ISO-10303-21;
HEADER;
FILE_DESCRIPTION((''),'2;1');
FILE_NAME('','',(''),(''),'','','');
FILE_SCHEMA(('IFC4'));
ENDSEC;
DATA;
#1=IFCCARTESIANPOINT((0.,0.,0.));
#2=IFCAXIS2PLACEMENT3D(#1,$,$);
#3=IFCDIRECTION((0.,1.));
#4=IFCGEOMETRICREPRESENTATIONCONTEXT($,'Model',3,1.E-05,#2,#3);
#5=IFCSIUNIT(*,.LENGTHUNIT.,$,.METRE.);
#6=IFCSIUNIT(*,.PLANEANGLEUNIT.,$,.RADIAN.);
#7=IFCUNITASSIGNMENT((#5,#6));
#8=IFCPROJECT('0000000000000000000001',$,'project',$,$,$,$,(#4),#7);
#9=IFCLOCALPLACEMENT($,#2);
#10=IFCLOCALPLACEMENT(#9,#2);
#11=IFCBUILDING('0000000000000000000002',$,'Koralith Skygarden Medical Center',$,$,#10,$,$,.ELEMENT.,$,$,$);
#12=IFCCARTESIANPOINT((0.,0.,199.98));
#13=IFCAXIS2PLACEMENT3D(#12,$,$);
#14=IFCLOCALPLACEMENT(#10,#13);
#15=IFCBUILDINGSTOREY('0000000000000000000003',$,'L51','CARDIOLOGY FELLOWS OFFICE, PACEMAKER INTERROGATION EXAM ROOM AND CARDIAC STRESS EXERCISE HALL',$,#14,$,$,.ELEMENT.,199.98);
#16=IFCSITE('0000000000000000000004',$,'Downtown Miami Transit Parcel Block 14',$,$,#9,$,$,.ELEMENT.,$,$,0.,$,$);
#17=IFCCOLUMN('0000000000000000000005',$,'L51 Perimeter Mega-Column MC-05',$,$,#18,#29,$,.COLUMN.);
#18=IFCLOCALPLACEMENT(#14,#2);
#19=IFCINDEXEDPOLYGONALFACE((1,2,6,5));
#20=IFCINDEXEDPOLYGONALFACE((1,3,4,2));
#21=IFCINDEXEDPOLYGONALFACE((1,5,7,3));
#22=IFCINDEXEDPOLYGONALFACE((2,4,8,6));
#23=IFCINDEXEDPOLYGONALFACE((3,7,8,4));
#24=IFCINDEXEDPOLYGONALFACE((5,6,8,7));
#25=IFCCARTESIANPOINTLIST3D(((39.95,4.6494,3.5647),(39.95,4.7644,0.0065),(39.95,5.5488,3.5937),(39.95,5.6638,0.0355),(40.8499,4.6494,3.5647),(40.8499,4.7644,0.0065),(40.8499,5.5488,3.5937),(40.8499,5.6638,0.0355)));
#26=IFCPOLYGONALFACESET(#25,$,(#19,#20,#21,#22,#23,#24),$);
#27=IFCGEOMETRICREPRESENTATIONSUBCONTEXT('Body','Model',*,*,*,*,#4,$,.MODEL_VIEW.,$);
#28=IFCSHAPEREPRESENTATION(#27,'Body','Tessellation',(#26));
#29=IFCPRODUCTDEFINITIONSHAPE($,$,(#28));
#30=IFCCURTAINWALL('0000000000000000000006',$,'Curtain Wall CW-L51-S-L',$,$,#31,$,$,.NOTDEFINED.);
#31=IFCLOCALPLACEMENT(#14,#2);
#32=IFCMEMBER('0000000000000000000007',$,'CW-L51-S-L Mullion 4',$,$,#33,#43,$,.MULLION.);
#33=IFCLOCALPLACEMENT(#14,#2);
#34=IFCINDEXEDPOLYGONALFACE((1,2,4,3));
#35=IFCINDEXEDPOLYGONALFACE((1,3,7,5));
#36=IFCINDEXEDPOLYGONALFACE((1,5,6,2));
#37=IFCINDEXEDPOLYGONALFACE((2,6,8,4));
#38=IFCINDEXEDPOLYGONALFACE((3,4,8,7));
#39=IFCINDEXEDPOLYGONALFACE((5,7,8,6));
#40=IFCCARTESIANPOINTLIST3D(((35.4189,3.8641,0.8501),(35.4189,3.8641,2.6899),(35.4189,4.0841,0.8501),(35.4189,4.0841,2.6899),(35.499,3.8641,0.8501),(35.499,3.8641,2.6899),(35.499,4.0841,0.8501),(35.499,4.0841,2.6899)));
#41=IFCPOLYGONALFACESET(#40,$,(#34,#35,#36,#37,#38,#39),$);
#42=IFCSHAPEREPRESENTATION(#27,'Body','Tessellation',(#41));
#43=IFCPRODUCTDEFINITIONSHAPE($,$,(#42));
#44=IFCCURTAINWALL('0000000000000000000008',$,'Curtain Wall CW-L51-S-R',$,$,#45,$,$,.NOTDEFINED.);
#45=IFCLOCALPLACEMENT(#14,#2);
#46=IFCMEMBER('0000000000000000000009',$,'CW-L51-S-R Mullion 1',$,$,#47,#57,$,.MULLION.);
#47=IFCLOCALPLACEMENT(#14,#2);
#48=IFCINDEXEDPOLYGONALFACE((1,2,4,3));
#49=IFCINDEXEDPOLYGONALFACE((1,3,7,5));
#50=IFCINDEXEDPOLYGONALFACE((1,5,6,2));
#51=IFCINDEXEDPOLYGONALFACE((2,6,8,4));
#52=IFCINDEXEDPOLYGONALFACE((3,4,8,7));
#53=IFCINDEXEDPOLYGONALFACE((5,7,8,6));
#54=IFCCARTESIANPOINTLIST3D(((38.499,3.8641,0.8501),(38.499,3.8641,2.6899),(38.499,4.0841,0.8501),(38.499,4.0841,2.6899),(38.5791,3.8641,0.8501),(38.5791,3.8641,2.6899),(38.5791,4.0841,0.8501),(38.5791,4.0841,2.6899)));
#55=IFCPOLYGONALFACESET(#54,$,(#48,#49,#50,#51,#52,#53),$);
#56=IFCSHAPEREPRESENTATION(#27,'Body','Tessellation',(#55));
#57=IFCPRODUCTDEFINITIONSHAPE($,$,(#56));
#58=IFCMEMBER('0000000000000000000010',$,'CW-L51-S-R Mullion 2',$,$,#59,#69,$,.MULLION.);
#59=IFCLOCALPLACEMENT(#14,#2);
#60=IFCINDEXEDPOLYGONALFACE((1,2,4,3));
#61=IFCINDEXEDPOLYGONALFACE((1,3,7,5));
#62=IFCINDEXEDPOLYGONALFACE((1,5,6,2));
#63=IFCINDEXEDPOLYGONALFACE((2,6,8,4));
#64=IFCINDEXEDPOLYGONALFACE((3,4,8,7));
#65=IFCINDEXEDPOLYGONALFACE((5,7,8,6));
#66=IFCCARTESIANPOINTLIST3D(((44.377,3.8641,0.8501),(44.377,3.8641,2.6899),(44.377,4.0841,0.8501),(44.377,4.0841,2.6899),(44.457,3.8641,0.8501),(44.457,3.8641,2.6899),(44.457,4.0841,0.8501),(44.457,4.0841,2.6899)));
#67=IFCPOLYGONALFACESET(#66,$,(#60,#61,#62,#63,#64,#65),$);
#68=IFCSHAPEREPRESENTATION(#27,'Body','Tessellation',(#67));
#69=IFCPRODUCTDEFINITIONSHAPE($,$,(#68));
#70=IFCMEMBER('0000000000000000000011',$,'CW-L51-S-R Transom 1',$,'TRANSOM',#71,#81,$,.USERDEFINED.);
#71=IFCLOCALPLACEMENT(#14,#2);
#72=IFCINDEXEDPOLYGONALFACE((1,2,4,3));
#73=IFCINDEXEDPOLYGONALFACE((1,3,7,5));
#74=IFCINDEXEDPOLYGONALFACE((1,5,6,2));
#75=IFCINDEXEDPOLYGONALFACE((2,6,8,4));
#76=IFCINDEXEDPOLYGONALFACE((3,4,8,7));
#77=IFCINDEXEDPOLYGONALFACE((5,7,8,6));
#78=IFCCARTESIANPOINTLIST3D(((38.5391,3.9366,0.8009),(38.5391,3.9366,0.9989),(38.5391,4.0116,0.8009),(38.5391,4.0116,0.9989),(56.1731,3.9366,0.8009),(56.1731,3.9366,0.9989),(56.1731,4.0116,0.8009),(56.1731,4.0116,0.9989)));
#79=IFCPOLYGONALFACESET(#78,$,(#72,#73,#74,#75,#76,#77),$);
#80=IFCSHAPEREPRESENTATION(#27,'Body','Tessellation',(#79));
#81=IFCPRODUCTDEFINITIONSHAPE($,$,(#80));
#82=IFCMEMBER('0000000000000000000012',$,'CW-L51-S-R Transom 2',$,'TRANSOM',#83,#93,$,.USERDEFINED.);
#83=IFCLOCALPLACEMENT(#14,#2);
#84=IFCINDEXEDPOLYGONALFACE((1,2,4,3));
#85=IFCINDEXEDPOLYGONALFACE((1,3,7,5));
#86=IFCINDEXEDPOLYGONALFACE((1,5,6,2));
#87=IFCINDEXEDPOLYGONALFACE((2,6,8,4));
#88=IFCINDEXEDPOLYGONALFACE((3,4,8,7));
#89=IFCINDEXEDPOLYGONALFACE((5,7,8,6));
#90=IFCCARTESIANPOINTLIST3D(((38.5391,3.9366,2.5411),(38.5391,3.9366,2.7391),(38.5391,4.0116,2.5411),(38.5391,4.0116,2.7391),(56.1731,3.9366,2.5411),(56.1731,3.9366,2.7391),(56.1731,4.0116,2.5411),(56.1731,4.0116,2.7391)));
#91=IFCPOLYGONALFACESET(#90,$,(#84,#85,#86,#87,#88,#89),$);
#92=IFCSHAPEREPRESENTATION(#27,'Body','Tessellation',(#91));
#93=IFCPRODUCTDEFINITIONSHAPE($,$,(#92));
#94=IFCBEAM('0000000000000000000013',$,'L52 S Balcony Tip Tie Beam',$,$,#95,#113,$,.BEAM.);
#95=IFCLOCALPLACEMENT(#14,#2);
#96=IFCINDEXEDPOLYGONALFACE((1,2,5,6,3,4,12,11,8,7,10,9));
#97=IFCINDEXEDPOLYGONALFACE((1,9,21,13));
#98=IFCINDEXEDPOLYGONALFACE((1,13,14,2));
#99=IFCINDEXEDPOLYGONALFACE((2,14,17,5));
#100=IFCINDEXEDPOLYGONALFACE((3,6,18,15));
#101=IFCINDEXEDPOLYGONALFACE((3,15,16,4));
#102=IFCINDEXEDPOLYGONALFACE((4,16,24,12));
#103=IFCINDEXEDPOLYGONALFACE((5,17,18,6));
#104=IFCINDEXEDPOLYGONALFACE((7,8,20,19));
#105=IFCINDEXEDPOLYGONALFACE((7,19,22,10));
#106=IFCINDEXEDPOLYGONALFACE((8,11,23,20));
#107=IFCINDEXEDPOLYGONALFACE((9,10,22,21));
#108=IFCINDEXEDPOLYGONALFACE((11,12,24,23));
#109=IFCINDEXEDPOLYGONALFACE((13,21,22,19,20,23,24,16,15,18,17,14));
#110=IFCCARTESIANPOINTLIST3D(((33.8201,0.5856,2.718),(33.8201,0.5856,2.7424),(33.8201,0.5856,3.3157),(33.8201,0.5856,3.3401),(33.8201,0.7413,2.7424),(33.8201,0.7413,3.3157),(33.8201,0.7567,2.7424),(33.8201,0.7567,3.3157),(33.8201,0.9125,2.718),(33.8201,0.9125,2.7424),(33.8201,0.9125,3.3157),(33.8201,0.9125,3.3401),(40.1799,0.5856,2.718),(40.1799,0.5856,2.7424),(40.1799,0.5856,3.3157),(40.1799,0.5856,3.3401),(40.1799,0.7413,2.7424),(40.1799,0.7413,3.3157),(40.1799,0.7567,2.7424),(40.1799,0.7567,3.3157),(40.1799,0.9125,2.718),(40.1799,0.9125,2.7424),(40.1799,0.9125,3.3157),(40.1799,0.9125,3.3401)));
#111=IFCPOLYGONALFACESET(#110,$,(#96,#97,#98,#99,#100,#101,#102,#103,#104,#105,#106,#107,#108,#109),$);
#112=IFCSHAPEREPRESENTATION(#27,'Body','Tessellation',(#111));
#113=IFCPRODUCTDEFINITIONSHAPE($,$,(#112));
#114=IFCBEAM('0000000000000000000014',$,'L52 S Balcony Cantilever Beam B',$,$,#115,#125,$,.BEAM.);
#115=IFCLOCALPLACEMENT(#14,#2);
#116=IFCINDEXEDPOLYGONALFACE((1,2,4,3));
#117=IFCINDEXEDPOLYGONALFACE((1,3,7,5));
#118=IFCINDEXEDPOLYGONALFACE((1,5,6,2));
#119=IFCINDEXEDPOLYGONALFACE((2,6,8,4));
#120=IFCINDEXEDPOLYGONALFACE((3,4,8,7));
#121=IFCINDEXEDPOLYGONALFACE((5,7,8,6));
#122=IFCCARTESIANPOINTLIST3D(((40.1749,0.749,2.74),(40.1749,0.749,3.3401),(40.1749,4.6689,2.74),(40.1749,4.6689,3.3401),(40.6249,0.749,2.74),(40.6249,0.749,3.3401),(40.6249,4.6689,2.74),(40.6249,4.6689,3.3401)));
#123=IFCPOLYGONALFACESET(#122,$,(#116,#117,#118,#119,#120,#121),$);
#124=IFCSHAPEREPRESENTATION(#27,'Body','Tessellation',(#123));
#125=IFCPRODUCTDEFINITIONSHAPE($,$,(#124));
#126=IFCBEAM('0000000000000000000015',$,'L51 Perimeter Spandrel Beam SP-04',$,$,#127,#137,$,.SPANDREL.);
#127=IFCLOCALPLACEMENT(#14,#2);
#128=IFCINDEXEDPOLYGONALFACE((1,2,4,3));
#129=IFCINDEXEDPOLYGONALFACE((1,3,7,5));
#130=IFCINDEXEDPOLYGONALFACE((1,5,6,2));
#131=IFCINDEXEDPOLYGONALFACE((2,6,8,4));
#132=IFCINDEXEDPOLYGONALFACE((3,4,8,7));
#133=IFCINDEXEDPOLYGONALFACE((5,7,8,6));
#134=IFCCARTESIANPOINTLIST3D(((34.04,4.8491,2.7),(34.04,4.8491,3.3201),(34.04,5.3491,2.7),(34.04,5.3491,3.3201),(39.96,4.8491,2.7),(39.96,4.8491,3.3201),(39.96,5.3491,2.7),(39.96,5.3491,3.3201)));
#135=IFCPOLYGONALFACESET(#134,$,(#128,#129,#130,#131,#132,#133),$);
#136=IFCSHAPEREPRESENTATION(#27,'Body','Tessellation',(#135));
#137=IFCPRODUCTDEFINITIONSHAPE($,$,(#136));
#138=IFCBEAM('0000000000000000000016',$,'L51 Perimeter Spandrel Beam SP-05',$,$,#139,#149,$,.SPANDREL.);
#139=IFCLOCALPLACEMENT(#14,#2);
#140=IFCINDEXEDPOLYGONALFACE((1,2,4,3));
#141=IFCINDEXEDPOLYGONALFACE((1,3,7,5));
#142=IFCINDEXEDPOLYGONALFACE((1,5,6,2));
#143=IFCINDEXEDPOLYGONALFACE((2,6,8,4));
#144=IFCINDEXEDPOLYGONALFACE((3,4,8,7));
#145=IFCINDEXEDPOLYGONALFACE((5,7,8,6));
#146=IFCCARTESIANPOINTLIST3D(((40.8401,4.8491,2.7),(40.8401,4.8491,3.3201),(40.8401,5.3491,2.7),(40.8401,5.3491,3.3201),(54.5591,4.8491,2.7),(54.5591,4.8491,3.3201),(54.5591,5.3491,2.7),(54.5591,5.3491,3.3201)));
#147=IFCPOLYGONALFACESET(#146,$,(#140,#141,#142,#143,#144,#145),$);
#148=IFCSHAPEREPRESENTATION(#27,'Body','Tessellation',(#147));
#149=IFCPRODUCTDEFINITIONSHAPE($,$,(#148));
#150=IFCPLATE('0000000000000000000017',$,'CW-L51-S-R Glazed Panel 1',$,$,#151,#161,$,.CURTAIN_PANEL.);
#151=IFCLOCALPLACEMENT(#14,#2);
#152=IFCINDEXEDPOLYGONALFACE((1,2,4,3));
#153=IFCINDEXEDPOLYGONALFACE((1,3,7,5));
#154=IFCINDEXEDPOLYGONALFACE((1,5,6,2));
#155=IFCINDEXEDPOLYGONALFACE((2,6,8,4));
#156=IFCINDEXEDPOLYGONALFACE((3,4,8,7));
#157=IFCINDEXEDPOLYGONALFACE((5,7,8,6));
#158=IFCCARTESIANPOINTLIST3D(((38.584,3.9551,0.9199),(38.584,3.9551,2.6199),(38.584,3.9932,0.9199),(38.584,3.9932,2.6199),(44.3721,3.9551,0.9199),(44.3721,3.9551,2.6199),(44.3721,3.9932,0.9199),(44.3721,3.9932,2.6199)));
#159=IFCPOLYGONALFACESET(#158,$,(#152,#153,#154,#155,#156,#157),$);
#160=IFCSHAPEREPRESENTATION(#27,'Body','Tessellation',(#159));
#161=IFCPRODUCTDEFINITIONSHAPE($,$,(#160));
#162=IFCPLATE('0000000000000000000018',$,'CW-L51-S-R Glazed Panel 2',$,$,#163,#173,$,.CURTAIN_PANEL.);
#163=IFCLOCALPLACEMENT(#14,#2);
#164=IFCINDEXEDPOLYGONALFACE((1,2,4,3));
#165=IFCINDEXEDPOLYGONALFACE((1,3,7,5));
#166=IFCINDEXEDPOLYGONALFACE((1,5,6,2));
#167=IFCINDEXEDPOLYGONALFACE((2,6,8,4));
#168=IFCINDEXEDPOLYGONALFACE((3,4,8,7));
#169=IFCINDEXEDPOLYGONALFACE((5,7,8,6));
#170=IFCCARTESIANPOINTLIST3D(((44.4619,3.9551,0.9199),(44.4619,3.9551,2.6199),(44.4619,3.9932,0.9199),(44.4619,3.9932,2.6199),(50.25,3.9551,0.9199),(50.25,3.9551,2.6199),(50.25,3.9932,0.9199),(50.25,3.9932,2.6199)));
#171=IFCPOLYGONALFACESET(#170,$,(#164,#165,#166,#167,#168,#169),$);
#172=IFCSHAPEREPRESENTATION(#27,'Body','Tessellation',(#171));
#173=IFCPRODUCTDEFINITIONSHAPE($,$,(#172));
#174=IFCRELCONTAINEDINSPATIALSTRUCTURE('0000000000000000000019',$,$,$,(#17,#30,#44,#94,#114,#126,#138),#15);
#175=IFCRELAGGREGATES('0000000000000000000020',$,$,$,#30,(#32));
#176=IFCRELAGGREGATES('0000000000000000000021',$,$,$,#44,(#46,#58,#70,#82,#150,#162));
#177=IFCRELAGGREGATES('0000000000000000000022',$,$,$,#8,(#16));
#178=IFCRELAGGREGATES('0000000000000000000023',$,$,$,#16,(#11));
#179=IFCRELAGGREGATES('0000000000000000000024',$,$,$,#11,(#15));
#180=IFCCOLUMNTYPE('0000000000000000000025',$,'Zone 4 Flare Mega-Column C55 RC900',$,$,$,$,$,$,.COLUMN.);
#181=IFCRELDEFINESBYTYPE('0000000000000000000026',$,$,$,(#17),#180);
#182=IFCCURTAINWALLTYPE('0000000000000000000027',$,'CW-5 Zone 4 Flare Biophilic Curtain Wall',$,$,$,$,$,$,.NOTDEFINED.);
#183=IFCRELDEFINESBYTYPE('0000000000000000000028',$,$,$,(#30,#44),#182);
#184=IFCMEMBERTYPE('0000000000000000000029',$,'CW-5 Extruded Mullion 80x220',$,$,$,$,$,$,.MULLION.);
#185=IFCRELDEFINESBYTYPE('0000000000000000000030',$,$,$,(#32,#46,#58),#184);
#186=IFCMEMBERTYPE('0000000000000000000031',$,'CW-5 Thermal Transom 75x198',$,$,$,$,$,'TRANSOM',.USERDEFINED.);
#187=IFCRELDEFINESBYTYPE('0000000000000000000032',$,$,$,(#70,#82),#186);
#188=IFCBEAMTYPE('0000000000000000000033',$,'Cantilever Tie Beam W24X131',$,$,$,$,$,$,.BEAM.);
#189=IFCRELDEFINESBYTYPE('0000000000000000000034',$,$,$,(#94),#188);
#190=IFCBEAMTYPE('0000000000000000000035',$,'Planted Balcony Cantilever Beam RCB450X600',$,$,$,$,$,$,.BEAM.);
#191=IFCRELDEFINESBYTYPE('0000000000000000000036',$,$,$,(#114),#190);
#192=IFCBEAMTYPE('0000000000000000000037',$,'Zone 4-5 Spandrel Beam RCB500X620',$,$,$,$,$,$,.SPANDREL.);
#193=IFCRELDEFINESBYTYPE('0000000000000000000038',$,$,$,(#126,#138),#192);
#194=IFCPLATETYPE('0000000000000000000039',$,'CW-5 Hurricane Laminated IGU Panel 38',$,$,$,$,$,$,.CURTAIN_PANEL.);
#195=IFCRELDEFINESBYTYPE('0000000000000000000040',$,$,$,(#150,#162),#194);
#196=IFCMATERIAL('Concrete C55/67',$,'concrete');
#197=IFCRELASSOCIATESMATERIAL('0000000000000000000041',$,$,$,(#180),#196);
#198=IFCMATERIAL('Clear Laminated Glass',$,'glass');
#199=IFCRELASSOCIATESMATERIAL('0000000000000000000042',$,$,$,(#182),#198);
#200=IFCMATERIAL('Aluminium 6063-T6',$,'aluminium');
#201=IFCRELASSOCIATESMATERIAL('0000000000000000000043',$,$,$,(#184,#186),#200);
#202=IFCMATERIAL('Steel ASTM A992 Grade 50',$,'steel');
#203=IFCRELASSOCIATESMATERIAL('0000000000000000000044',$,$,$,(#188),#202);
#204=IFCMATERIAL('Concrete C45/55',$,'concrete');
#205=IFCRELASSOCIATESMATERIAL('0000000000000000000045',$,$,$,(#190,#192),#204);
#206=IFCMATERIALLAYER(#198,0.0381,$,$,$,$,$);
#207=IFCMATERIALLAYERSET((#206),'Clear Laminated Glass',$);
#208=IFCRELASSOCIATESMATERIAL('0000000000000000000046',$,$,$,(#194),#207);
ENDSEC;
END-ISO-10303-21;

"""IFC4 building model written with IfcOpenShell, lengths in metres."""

from ifc_helpers import new_model, si_unit, direction, frame, origin, origin_2d, place, context, subcontext, project, spatial, rectangle, i_section, extrude, material, layer, layer_set, material_profile, profile_set, type_object, element, aggregate, save


model = new_model("IFC4")

# Units and contexts
model_context = context("Model", 3, precision=1e-05, world=origin(), true_north=direction((0.0, 1.0)))
body_context = subcontext(model_context, "Body", "Model", "MODEL_VIEW")
ifc_project = project(units=[si_unit("LENGTHUNIT", "METRE"), si_unit("PLANEANGLEUNIT", "RADIAN")], contexts=[model_context])

# Site, building, storey
site_placement = place(None, origin())
site = spatial("IfcSite", under=ifc_project, at=site_placement, Name="Downtown Miami Transit Parcel Block 14", CompositionType="ELEMENT", RefElevation=0.0)
building_placement = place(site_placement, origin())
building = spatial("IfcBuilding", under=site, at=building_placement, Name="Koralith Skygarden Medical Center", CompositionType="ELEMENT")
storey_placement = place(building_placement, frame((0.0, 0.0, 199.98)))
storey = spatial("IfcBuildingStorey", under=building, at=storey_placement, Name="L51", Description="CARDIOLOGY FELLOWS OFFICE, PACEMAKER INTERROGATION EXAM ROOM AND CARDIAC STRESS EXERCISE HALL", CompositionType="ELEMENT", Elevation=199.98)

# Column
ifc_material_1 = material(Name="Concrete C55/67", Category="concrete")
ifc_material_profile_1 = material_profile(ifc_material_1, rectangle(XDim=0.8999, YDim=0.8999, at=origin_2d()), Name="RC900X900")
ifc_profile_set_1 = profile_set([ifc_material_profile_1], Name="Concrete C55/67")
column_type = type_object("IfcColumnType", Name="Zone 4 Flare Mega-Column C55 RC900", PredefinedType="COLUMN", material=ifc_profile_set_1)
column_placement = place(storey_placement, frame((40.3999, 5.2141, 0.021), z_axis=(0.0, -0.032301, 0.999478), x_axis=(1.0, 0.0, 0.0)))
element("IfcColumn", 1, at=column_placement, inside=storey, type_object=column_type, Name="L51 Perimeter Mega-Column MC-05", PredefinedType="COLUMN", context=body_context, shape_type="SweptSolid", body=[
    extrude(rectangle(XDim=0.8999, YDim=0.8999, at=origin_2d()), origin(), (0.0, 0.0, 1.0), 3.5601),
])

# Curtain wall, member
ifc_material_2 = material(Name="Clear Laminated Glass", Category="glass")
curtain_wall_type = type_object("IfcCurtainWallType", Name="CW-5 Zone 4 Flare Biophilic Curtain Wall", PredefinedType="NOTDEFINED", material=ifc_material_2)
curtain_wall_1_placement = place(storey_placement, origin())
curtain_wall_1 = element("IfcCurtainWall", 2, at=curtain_wall_1_placement, inside=storey, type_object=curtain_wall_type, Name="Curtain Wall CW-L51-S-L", PredefinedType="NOTDEFINED")
ifc_material_3 = material(Name="Aluminium 6063-T6", Category="aluminium")
ifc_material_profile_2 = material_profile(ifc_material_3, rectangle(XDim=0.0801, YDim=0.22, at=origin_2d()), Name="MUL80X220")
ifc_profile_set_2 = profile_set([ifc_material_profile_2], Name="Aluminium 6063-T6")
member_type_1 = type_object("IfcMemberType", Name="CW-5 Extruded Mullion 80x220", PredefinedType="MULLION", material=ifc_profile_set_2)
member_1_placement = place(storey_placement, frame((35.459, 3.9741, 0.8501), z_axis=(0.0, 0.0, 1.0), x_axis=(1.0, 0.0, 0.0)))
member_1 = element("IfcMember", 3, at=member_1_placement, type_object=member_type_1, Name="CW-L51-S-L Mullion 4", PredefinedType="MULLION", context=body_context, shape_type="SweptSolid", body=[
    extrude(rectangle(XDim=0.0801, YDim=0.22, at=origin_2d()), origin(), (0.0, 0.0, 1.0), 1.8398),
])
aggregate(curtain_wall_1, [member_1])

# Curtain wall, members
curtain_wall_2_placement = place(storey_placement, origin())
curtain_wall_2 = element("IfcCurtainWall", 4, at=curtain_wall_2_placement, inside=storey, type_object=curtain_wall_type, Name="Curtain Wall CW-L51-S-R", PredefinedType="NOTDEFINED")
member_2_placement = place(storey_placement, frame((38.5391, 3.9741, 0.8501), z_axis=(0.0, 0.0, 1.0), x_axis=(1.0, 0.0, 0.0)))
member_2 = element("IfcMember", 5, at=member_2_placement, type_object=member_type_1, Name="CW-L51-S-R Mullion 1", PredefinedType="MULLION", context=body_context, shape_type="SweptSolid", body=[
    extrude(rectangle(XDim=0.0801, YDim=0.22, at=origin_2d()), origin(), (0.0, 0.0, 1.0), 1.8398),
])
member_3_placement = place(storey_placement, frame((44.417, 3.9741, 0.8501), z_axis=(0.0, 0.0, 1.0), x_axis=(1.0, 0.0, 0.0)))
member_3 = element("IfcMember", 6, at=member_3_placement, type_object=member_type_1, Name="CW-L51-S-R Mullion 2", PredefinedType="MULLION", context=body_context, shape_type="SweptSolid", body=[
    extrude(rectangle(XDim=0.0801, YDim=0.22, at=origin_2d()), origin(), (0.0, 0.0, 1.0), 1.8398),
])
ifc_material_profile_3 = material_profile(ifc_material_3, rectangle(XDim=0.075, YDim=0.198, at=origin_2d()), Name="TRN75X198")
ifc_profile_set_3 = profile_set([ifc_material_profile_3], Name="Aluminium 6063-T6")
member_type_2 = type_object("IfcMemberType", Name="CW-5 Thermal Transom 75x198", ElementType="TRANSOM", PredefinedType="USERDEFINED", material=ifc_profile_set_3)
member_4_placement = place(storey_placement, frame((38.5391, 3.9741, 0.8999), z_axis=(1.0, 0.0, 0.0), x_axis=(0.0, 1.0, 0.0)))
member_4 = element("IfcMember", 7, at=member_4_placement, type_object=member_type_2, Name="CW-L51-S-R Transom 1", ObjectType="TRANSOM", PredefinedType="USERDEFINED", context=body_context, shape_type="SweptSolid", body=[
    extrude(rectangle(XDim=0.075, YDim=0.198, at=origin_2d()), origin(), (0.0, 0.0, 1.0), 17.634),
])
member_5_placement = place(storey_placement, frame((38.5391, 3.9741, 2.6401), z_axis=(1.0, 0.0, 0.0), x_axis=(0.0, 1.0, 0.0)))
member_5 = element("IfcMember", 8, at=member_5_placement, type_object=member_type_2, Name="CW-L51-S-R Transom 2", ObjectType="TRANSOM", PredefinedType="USERDEFINED", context=body_context, shape_type="SweptSolid", body=[
    extrude(rectangle(XDim=0.075, YDim=0.198, at=origin_2d()), origin(), (0.0, 0.0, 1.0), 17.634),
])

# Beams
ifc_material_4 = material(Name="Steel ASTM A992 Grade 50", Category="steel")
ifc_material_profile_4 = material_profile(ifc_material_4, i_section(OverallWidth=0.3269, OverallDepth=0.6221, WebThickness=0.0154, FlangeThickness=0.0244, at=origin_2d()), Name="W24X131")
ifc_profile_set_4 = profile_set([ifc_material_profile_4], Name="Steel ASTM A992 Grade 50")
beam_type_1 = type_object("IfcBeamType", Name="Cantilever Tie Beam W24X131", PredefinedType="BEAM", material=ifc_profile_set_4)
beam_1_placement = place(storey_placement, frame((33.8201, 0.749, 3.0291), z_axis=(1.0, 0.0, 0.0), x_axis=(0.0, 1.0, 0.0)))
element("IfcBeam", 9, at=beam_1_placement, inside=storey, type_object=beam_type_1, Name="L52 S Balcony Tip Tie Beam", PredefinedType="BEAM", context=body_context, shape_type="SweptSolid", body=[
    extrude(i_section(OverallWidth=0.3269, OverallDepth=0.6221, WebThickness=0.0154, FlangeThickness=0.0244, at=origin_2d()), origin(), (0.0, 0.0, 1.0), 6.3599),
])
ifc_material_5 = material(Name="Concrete C45/55", Category="concrete")
ifc_material_profile_5 = material_profile(ifc_material_5, rectangle(XDim=0.45, YDim=0.6001, at=origin_2d()), Name="RCB450X600")
ifc_profile_set_5 = profile_set([ifc_material_profile_5], Name="Concrete C45/55")
beam_type_2 = type_object("IfcBeamType", Name="Planted Balcony Cantilever Beam RCB450X600", PredefinedType="BEAM", material=ifc_profile_set_5)
beam_2_placement = place(storey_placement, frame((40.3999, 4.6689, 3.04), z_axis=(0.0, -1.0, 0.0), x_axis=(1.0, 0.0, 0.0)))
element("IfcBeam", 10, at=beam_2_placement, inside=storey, type_object=beam_type_2, Name="L52 S Balcony Cantilever Beam B", PredefinedType="BEAM", context=body_context, shape_type="SweptSolid", body=[
    extrude(rectangle(XDim=0.45, YDim=0.6001, at=origin_2d()), origin(), (0.0, 0.0, 1.0), 3.9199),
])
ifc_material_profile_6 = material_profile(ifc_material_5, rectangle(XDim=0.5, YDim=0.6201, at=origin_2d()), Name="RCB500X620")
ifc_profile_set_6 = profile_set([ifc_material_profile_6], Name="Concrete C45/55")
beam_type_3 = type_object("IfcBeamType", Name="Zone 4-5 Spandrel Beam RCB500X620", PredefinedType="SPANDREL", material=ifc_profile_set_6)
beam_3_placement = place(storey_placement, frame((34.04, 5.0991, 3.01), z_axis=(1.0, 0.0, 0.0), x_axis=(0.0, 1.0, 0.0)))
element("IfcBeam", 11, at=beam_3_placement, inside=storey, type_object=beam_type_3, Name="L51 Perimeter Spandrel Beam SP-04", PredefinedType="SPANDREL", context=body_context, shape_type="SweptSolid", body=[
    extrude(rectangle(XDim=0.5, YDim=0.6201, at=origin_2d()), origin(), (0.0, 0.0, 1.0), 5.9199),
])
beam_4_placement = place(storey_placement, frame((40.8401, 5.0991, 3.01), z_axis=(1.0, 0.0, 0.0), x_axis=(0.0, 1.0, 0.0)))
element("IfcBeam", 12, at=beam_4_placement, inside=storey, type_object=beam_type_3, Name="L51 Perimeter Spandrel Beam SP-05", PredefinedType="SPANDREL", context=body_context, shape_type="SweptSolid", body=[
    extrude(rectangle(XDim=0.5, YDim=0.6201, at=origin_2d()), origin(), (0.0, 0.0, 1.0), 13.719),
])

# Plates
ifc_layer_1 = layer(ifc_material_2, 0.0381)
ifc_layer_set_1 = layer_set([ifc_layer_1], Name="Clear Laminated Glass")
plate_type = type_object("IfcPlateType", Name="CW-5 Hurricane Laminated IGU Panel 38", PredefinedType="CURTAIN_PANEL", material=ifc_layer_set_1)
plate_1_placement = place(storey_placement, frame((41.478, 3.9741, 0.9199), z_axis=(0.0, 0.0, 1.0), x_axis=(1.0, 0.0, 0.0)))
plate_1 = element("IfcPlate", 13, at=plate_1_placement, type_object=plate_type, Name="CW-L51-S-R Glazed Panel 1", PredefinedType="CURTAIN_PANEL", context=body_context, shape_type="SweptSolid", body=[
    extrude(rectangle(XDim=5.7881, YDim=0.0381, at=origin_2d()), origin(), (0.0, 0.0, 1.0), 1.7),
])
plate_2_placement = place(storey_placement, frame((47.356, 3.9741, 0.9199), z_axis=(0.0, 0.0, 1.0), x_axis=(1.0, 0.0, 0.0)))
plate_2 = element("IfcPlate", 14, at=plate_2_placement, type_object=plate_type, Name="CW-L51-S-R Glazed Panel 2", PredefinedType="CURTAIN_PANEL", context=body_context, shape_type="SweptSolid", body=[
    extrude(rectangle(XDim=5.7881, YDim=0.0381, at=origin_2d()), origin(), (0.0, 0.0, 1.0), 1.7),
])
aggregate(curtain_wall_2, [member_2, member_3, member_4, member_5, plate_1, plate_2])

save(model, "model.ifc")
